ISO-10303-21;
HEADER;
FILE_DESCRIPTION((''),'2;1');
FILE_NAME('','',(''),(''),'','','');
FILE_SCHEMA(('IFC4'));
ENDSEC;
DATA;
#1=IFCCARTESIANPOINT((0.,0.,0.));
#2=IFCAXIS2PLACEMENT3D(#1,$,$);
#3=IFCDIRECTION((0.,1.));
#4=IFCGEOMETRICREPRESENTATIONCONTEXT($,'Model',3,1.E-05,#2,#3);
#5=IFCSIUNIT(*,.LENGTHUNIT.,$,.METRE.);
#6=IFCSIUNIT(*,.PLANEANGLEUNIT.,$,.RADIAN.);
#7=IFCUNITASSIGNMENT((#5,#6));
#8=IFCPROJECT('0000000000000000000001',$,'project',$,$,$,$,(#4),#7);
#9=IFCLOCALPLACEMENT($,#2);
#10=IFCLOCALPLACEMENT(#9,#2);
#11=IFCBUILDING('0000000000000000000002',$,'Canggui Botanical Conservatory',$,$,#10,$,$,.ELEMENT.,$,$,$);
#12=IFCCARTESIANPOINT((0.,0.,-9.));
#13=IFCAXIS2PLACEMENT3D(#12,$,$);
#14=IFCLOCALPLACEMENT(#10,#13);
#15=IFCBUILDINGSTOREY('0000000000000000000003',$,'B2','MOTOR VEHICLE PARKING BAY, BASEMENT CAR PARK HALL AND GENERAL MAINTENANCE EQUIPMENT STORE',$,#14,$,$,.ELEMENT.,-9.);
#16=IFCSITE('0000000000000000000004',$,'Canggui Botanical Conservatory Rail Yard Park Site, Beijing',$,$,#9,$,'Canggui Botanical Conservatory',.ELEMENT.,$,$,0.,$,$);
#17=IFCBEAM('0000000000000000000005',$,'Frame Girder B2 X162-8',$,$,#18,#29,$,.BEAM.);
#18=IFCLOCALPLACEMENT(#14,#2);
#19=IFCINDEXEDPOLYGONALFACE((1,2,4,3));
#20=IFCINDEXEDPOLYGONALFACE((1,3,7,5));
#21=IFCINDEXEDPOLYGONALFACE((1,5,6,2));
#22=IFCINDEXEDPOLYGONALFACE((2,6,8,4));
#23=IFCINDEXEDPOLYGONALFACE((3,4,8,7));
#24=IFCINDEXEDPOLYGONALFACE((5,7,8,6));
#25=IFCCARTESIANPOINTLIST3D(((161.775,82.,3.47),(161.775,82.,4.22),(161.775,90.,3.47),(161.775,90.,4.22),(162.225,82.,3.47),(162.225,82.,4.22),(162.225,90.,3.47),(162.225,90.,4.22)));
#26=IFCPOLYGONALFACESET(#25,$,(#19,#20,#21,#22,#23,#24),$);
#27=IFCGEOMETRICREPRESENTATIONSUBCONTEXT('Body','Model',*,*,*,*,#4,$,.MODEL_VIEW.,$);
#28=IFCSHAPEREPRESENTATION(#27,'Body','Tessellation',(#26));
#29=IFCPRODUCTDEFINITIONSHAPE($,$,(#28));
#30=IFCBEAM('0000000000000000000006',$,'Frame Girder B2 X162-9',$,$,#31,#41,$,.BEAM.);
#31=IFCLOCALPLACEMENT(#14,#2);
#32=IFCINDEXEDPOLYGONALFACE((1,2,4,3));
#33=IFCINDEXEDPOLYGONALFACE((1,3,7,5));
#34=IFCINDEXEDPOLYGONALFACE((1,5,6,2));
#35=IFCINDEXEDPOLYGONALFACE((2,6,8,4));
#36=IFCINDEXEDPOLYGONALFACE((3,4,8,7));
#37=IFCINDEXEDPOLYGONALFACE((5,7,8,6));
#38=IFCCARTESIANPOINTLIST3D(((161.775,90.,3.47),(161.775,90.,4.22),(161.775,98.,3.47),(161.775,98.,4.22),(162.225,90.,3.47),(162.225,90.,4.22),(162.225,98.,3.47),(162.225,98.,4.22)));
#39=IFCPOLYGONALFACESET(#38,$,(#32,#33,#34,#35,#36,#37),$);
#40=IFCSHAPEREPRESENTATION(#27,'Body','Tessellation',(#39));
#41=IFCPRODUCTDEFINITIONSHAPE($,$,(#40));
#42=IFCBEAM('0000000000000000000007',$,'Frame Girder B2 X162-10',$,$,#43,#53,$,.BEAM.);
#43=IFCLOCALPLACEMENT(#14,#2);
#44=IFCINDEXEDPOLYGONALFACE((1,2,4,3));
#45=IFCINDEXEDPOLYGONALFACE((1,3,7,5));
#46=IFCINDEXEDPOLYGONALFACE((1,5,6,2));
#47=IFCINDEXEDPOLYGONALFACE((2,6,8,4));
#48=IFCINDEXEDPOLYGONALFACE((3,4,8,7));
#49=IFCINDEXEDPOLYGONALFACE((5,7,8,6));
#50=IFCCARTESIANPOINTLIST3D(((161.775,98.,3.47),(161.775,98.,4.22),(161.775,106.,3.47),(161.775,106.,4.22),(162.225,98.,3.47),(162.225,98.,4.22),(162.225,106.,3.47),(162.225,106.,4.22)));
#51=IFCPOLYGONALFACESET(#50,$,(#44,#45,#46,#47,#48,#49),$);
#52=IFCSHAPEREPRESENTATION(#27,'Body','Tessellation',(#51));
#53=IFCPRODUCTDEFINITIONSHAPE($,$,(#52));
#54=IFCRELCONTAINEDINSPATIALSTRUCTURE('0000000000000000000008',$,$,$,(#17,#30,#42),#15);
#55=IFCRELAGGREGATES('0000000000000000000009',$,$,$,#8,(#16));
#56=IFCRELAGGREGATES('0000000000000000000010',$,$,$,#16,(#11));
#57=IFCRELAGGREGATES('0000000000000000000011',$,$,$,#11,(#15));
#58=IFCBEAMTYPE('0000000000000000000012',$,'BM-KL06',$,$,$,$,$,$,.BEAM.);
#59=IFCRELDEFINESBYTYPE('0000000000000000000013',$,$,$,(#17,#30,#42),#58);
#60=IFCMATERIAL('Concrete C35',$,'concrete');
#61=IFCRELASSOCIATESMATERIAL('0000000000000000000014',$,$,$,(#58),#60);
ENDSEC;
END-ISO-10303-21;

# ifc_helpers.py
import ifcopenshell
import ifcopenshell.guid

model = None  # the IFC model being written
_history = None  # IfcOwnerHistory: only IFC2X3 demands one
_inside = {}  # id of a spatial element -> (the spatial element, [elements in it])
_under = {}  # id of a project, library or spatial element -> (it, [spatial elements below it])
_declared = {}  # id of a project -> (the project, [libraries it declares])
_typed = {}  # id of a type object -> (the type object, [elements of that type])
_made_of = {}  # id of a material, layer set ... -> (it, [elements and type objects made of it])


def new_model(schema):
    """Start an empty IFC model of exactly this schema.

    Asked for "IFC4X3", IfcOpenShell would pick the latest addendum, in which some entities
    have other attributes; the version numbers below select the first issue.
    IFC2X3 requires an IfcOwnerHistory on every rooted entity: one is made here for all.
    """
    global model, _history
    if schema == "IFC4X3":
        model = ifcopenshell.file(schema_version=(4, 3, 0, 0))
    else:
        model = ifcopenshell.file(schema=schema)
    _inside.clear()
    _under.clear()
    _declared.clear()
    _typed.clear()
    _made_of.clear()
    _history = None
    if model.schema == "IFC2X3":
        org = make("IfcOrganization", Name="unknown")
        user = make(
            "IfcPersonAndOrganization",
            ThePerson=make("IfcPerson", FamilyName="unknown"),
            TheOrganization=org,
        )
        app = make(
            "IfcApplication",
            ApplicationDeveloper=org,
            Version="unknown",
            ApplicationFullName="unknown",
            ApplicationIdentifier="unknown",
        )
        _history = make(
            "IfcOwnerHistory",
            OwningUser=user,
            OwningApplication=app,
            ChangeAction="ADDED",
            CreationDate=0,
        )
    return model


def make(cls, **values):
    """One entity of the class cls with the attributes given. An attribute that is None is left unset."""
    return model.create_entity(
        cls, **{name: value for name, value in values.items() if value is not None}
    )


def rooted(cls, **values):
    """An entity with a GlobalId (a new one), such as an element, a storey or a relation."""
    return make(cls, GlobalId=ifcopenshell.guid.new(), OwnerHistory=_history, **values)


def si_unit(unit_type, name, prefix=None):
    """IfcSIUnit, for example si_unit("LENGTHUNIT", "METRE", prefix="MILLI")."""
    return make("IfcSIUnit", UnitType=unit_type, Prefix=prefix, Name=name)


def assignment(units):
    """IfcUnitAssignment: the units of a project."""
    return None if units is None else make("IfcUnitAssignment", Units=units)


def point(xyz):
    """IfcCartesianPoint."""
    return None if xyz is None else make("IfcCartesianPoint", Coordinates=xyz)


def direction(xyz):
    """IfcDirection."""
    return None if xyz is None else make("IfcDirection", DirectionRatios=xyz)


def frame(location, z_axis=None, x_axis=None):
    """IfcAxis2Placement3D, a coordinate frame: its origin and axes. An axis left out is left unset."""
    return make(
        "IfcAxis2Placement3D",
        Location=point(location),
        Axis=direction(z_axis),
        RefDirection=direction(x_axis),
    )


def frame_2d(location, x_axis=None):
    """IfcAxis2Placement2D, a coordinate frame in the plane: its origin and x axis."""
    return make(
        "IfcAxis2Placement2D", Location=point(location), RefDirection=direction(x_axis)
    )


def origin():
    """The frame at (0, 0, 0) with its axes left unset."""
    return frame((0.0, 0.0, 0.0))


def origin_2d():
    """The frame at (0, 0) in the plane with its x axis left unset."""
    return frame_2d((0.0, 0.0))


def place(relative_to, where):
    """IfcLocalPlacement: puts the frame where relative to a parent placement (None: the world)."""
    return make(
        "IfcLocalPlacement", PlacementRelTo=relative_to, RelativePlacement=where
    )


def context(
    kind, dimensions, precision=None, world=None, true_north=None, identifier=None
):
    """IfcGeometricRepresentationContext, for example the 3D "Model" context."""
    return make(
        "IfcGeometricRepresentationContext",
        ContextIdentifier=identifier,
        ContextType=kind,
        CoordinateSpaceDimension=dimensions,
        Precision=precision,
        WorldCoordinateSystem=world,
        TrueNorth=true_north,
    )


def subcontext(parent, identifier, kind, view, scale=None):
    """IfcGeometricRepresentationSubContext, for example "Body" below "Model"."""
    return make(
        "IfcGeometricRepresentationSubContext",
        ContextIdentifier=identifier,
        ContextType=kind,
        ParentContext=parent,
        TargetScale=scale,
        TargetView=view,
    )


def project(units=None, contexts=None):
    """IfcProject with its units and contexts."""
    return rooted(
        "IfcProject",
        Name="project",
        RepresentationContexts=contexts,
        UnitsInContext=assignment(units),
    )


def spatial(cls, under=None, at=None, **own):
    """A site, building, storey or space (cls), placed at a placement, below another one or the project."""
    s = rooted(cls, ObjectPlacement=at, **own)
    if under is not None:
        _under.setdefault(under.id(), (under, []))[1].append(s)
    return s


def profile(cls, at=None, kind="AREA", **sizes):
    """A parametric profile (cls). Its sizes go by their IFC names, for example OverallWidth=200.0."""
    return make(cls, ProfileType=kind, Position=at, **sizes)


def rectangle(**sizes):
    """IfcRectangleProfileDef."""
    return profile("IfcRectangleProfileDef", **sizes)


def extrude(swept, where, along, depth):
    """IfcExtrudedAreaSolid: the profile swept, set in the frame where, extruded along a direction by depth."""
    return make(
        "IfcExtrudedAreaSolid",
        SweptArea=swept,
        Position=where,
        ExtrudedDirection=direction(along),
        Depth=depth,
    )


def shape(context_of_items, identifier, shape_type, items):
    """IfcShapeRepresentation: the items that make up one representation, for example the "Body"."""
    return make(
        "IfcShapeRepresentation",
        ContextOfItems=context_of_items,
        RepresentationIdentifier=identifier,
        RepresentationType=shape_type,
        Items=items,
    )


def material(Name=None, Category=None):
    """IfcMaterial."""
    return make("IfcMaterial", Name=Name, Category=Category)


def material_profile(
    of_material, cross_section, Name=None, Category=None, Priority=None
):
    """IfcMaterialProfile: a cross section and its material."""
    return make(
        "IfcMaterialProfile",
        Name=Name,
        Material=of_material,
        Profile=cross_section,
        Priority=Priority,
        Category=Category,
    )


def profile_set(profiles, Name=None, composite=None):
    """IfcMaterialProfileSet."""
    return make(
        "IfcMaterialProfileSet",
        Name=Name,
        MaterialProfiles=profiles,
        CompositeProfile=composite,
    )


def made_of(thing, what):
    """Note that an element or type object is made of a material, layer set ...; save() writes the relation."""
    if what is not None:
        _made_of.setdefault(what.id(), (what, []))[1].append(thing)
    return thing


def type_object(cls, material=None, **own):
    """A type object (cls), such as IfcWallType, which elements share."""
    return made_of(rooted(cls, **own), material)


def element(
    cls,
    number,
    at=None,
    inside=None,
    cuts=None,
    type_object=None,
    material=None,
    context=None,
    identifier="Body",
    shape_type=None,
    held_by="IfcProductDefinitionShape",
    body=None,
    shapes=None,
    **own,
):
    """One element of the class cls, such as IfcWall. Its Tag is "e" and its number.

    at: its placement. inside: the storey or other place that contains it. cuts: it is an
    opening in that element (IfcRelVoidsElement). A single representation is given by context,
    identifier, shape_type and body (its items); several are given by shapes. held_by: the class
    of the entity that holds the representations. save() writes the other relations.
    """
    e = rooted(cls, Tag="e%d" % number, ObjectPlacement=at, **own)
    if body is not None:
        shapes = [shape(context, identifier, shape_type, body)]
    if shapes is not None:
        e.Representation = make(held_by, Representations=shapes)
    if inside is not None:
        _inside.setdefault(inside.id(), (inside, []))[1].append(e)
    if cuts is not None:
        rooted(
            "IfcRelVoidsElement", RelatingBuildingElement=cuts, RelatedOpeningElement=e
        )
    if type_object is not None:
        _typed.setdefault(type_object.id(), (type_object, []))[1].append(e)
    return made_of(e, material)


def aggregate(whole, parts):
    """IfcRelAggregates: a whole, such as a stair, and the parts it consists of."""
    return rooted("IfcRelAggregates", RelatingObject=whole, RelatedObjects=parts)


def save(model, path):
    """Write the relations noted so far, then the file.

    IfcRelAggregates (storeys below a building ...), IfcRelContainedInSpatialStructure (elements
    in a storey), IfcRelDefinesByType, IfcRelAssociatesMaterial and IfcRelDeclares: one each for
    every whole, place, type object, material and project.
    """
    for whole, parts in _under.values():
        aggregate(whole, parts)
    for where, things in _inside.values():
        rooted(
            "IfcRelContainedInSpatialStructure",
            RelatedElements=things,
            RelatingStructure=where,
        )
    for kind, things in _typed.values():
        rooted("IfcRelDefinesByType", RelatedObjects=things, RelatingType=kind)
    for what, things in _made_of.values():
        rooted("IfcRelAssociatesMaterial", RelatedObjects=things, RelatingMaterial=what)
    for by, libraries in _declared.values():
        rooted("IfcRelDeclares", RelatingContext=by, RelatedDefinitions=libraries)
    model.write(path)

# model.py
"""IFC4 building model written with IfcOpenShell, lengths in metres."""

from ifc_helpers import new_model, si_unit, direction, frame, origin, origin_2d, place, context, subcontext, project, spatial, rectangle, extrude, material, material_profile, profile_set, type_object, element, save


model = new_model("IFC4")

# Units and contexts
model_context = context("Model", 3, precision=1e-05, world=origin(), true_north=direction((0.0, 1.0)))
body_context = subcontext(model_context, "Body", "Model", "MODEL_VIEW")
ifc_project = project(units=[si_unit("LENGTHUNIT", "METRE"), si_unit("PLANEANGLEUNIT", "RADIAN")], contexts=[model_context])

# Site, building, storey
site_placement = place(None, origin())
site = spatial("IfcSite", under=ifc_project, at=site_placement, Name="Canggui Botanical Conservatory Rail Yard Park Site, Beijing", LongName="Canggui Botanical Conservatory", CompositionType="ELEMENT", RefElevation=0.0)
building_placement = place(site_placement, origin())
building = spatial("IfcBuilding", under=site, at=building_placement, Name="Canggui Botanical Conservatory", CompositionType="ELEMENT")
storey_placement = place(building_placement, frame((0.0, 0.0, -9.0)))
storey = spatial("IfcBuildingStorey", under=building, at=storey_placement, Name="B2", Description="MOTOR VEHICLE PARKING BAY, BASEMENT CAR PARK HALL AND GENERAL MAINTENANCE EQUIPMENT STORE", CompositionType="ELEMENT", Elevation=-9.0)

# Shared definitions
ifc_material_1 = material(Name="Concrete C35", Category="concrete")

# Beams
ifc_material_profile_1 = material_profile(ifc_material_1, rectangle(XDim=0.45, YDim=0.75, at=origin_2d()), Name="RB 450x750")
ifc_profile_set_1 = profile_set([ifc_material_profile_1], Name="Concrete C35")
beam_type_1 = type_object("IfcBeamType", Name="BM-KL06", PredefinedType="BEAM", material=ifc_profile_set_1)
for number, where, z_axis, x_axis, name in (
    (1, (162.0, 82.0, 3.845), (0.0, 1.0, 0.0), (-1.0, 0.0, 0.0), "Frame Girder B2 X162-8"),
    (2, (162.0, 90.0, 3.845), (0.0, 1.0, 0.0), (-1.0, 0.0, 0.0), "Frame Girder B2 X162-9"),
    (3, (162.0, 98.0, 3.845), (0.0, 1.0, 0.0), (-1.0, 0.0, 0.0), "Frame Girder B2 X162-10"),
):
    element("IfcBeam", number, at=place(storey_placement, frame(where, z_axis=z_axis, x_axis=x_axis)), inside=storey, type_object=beam_type_1, Name=name, PredefinedType="BEAM", context=body_context, shape_type="SweptSolid", body=[
        extrude(rectangle(XDim=0.45, YDim=0.75, at=origin_2d()), origin(), (0.0, 0.0, 1.0), 8.0),
    ])

save(model, "model.ifc")
